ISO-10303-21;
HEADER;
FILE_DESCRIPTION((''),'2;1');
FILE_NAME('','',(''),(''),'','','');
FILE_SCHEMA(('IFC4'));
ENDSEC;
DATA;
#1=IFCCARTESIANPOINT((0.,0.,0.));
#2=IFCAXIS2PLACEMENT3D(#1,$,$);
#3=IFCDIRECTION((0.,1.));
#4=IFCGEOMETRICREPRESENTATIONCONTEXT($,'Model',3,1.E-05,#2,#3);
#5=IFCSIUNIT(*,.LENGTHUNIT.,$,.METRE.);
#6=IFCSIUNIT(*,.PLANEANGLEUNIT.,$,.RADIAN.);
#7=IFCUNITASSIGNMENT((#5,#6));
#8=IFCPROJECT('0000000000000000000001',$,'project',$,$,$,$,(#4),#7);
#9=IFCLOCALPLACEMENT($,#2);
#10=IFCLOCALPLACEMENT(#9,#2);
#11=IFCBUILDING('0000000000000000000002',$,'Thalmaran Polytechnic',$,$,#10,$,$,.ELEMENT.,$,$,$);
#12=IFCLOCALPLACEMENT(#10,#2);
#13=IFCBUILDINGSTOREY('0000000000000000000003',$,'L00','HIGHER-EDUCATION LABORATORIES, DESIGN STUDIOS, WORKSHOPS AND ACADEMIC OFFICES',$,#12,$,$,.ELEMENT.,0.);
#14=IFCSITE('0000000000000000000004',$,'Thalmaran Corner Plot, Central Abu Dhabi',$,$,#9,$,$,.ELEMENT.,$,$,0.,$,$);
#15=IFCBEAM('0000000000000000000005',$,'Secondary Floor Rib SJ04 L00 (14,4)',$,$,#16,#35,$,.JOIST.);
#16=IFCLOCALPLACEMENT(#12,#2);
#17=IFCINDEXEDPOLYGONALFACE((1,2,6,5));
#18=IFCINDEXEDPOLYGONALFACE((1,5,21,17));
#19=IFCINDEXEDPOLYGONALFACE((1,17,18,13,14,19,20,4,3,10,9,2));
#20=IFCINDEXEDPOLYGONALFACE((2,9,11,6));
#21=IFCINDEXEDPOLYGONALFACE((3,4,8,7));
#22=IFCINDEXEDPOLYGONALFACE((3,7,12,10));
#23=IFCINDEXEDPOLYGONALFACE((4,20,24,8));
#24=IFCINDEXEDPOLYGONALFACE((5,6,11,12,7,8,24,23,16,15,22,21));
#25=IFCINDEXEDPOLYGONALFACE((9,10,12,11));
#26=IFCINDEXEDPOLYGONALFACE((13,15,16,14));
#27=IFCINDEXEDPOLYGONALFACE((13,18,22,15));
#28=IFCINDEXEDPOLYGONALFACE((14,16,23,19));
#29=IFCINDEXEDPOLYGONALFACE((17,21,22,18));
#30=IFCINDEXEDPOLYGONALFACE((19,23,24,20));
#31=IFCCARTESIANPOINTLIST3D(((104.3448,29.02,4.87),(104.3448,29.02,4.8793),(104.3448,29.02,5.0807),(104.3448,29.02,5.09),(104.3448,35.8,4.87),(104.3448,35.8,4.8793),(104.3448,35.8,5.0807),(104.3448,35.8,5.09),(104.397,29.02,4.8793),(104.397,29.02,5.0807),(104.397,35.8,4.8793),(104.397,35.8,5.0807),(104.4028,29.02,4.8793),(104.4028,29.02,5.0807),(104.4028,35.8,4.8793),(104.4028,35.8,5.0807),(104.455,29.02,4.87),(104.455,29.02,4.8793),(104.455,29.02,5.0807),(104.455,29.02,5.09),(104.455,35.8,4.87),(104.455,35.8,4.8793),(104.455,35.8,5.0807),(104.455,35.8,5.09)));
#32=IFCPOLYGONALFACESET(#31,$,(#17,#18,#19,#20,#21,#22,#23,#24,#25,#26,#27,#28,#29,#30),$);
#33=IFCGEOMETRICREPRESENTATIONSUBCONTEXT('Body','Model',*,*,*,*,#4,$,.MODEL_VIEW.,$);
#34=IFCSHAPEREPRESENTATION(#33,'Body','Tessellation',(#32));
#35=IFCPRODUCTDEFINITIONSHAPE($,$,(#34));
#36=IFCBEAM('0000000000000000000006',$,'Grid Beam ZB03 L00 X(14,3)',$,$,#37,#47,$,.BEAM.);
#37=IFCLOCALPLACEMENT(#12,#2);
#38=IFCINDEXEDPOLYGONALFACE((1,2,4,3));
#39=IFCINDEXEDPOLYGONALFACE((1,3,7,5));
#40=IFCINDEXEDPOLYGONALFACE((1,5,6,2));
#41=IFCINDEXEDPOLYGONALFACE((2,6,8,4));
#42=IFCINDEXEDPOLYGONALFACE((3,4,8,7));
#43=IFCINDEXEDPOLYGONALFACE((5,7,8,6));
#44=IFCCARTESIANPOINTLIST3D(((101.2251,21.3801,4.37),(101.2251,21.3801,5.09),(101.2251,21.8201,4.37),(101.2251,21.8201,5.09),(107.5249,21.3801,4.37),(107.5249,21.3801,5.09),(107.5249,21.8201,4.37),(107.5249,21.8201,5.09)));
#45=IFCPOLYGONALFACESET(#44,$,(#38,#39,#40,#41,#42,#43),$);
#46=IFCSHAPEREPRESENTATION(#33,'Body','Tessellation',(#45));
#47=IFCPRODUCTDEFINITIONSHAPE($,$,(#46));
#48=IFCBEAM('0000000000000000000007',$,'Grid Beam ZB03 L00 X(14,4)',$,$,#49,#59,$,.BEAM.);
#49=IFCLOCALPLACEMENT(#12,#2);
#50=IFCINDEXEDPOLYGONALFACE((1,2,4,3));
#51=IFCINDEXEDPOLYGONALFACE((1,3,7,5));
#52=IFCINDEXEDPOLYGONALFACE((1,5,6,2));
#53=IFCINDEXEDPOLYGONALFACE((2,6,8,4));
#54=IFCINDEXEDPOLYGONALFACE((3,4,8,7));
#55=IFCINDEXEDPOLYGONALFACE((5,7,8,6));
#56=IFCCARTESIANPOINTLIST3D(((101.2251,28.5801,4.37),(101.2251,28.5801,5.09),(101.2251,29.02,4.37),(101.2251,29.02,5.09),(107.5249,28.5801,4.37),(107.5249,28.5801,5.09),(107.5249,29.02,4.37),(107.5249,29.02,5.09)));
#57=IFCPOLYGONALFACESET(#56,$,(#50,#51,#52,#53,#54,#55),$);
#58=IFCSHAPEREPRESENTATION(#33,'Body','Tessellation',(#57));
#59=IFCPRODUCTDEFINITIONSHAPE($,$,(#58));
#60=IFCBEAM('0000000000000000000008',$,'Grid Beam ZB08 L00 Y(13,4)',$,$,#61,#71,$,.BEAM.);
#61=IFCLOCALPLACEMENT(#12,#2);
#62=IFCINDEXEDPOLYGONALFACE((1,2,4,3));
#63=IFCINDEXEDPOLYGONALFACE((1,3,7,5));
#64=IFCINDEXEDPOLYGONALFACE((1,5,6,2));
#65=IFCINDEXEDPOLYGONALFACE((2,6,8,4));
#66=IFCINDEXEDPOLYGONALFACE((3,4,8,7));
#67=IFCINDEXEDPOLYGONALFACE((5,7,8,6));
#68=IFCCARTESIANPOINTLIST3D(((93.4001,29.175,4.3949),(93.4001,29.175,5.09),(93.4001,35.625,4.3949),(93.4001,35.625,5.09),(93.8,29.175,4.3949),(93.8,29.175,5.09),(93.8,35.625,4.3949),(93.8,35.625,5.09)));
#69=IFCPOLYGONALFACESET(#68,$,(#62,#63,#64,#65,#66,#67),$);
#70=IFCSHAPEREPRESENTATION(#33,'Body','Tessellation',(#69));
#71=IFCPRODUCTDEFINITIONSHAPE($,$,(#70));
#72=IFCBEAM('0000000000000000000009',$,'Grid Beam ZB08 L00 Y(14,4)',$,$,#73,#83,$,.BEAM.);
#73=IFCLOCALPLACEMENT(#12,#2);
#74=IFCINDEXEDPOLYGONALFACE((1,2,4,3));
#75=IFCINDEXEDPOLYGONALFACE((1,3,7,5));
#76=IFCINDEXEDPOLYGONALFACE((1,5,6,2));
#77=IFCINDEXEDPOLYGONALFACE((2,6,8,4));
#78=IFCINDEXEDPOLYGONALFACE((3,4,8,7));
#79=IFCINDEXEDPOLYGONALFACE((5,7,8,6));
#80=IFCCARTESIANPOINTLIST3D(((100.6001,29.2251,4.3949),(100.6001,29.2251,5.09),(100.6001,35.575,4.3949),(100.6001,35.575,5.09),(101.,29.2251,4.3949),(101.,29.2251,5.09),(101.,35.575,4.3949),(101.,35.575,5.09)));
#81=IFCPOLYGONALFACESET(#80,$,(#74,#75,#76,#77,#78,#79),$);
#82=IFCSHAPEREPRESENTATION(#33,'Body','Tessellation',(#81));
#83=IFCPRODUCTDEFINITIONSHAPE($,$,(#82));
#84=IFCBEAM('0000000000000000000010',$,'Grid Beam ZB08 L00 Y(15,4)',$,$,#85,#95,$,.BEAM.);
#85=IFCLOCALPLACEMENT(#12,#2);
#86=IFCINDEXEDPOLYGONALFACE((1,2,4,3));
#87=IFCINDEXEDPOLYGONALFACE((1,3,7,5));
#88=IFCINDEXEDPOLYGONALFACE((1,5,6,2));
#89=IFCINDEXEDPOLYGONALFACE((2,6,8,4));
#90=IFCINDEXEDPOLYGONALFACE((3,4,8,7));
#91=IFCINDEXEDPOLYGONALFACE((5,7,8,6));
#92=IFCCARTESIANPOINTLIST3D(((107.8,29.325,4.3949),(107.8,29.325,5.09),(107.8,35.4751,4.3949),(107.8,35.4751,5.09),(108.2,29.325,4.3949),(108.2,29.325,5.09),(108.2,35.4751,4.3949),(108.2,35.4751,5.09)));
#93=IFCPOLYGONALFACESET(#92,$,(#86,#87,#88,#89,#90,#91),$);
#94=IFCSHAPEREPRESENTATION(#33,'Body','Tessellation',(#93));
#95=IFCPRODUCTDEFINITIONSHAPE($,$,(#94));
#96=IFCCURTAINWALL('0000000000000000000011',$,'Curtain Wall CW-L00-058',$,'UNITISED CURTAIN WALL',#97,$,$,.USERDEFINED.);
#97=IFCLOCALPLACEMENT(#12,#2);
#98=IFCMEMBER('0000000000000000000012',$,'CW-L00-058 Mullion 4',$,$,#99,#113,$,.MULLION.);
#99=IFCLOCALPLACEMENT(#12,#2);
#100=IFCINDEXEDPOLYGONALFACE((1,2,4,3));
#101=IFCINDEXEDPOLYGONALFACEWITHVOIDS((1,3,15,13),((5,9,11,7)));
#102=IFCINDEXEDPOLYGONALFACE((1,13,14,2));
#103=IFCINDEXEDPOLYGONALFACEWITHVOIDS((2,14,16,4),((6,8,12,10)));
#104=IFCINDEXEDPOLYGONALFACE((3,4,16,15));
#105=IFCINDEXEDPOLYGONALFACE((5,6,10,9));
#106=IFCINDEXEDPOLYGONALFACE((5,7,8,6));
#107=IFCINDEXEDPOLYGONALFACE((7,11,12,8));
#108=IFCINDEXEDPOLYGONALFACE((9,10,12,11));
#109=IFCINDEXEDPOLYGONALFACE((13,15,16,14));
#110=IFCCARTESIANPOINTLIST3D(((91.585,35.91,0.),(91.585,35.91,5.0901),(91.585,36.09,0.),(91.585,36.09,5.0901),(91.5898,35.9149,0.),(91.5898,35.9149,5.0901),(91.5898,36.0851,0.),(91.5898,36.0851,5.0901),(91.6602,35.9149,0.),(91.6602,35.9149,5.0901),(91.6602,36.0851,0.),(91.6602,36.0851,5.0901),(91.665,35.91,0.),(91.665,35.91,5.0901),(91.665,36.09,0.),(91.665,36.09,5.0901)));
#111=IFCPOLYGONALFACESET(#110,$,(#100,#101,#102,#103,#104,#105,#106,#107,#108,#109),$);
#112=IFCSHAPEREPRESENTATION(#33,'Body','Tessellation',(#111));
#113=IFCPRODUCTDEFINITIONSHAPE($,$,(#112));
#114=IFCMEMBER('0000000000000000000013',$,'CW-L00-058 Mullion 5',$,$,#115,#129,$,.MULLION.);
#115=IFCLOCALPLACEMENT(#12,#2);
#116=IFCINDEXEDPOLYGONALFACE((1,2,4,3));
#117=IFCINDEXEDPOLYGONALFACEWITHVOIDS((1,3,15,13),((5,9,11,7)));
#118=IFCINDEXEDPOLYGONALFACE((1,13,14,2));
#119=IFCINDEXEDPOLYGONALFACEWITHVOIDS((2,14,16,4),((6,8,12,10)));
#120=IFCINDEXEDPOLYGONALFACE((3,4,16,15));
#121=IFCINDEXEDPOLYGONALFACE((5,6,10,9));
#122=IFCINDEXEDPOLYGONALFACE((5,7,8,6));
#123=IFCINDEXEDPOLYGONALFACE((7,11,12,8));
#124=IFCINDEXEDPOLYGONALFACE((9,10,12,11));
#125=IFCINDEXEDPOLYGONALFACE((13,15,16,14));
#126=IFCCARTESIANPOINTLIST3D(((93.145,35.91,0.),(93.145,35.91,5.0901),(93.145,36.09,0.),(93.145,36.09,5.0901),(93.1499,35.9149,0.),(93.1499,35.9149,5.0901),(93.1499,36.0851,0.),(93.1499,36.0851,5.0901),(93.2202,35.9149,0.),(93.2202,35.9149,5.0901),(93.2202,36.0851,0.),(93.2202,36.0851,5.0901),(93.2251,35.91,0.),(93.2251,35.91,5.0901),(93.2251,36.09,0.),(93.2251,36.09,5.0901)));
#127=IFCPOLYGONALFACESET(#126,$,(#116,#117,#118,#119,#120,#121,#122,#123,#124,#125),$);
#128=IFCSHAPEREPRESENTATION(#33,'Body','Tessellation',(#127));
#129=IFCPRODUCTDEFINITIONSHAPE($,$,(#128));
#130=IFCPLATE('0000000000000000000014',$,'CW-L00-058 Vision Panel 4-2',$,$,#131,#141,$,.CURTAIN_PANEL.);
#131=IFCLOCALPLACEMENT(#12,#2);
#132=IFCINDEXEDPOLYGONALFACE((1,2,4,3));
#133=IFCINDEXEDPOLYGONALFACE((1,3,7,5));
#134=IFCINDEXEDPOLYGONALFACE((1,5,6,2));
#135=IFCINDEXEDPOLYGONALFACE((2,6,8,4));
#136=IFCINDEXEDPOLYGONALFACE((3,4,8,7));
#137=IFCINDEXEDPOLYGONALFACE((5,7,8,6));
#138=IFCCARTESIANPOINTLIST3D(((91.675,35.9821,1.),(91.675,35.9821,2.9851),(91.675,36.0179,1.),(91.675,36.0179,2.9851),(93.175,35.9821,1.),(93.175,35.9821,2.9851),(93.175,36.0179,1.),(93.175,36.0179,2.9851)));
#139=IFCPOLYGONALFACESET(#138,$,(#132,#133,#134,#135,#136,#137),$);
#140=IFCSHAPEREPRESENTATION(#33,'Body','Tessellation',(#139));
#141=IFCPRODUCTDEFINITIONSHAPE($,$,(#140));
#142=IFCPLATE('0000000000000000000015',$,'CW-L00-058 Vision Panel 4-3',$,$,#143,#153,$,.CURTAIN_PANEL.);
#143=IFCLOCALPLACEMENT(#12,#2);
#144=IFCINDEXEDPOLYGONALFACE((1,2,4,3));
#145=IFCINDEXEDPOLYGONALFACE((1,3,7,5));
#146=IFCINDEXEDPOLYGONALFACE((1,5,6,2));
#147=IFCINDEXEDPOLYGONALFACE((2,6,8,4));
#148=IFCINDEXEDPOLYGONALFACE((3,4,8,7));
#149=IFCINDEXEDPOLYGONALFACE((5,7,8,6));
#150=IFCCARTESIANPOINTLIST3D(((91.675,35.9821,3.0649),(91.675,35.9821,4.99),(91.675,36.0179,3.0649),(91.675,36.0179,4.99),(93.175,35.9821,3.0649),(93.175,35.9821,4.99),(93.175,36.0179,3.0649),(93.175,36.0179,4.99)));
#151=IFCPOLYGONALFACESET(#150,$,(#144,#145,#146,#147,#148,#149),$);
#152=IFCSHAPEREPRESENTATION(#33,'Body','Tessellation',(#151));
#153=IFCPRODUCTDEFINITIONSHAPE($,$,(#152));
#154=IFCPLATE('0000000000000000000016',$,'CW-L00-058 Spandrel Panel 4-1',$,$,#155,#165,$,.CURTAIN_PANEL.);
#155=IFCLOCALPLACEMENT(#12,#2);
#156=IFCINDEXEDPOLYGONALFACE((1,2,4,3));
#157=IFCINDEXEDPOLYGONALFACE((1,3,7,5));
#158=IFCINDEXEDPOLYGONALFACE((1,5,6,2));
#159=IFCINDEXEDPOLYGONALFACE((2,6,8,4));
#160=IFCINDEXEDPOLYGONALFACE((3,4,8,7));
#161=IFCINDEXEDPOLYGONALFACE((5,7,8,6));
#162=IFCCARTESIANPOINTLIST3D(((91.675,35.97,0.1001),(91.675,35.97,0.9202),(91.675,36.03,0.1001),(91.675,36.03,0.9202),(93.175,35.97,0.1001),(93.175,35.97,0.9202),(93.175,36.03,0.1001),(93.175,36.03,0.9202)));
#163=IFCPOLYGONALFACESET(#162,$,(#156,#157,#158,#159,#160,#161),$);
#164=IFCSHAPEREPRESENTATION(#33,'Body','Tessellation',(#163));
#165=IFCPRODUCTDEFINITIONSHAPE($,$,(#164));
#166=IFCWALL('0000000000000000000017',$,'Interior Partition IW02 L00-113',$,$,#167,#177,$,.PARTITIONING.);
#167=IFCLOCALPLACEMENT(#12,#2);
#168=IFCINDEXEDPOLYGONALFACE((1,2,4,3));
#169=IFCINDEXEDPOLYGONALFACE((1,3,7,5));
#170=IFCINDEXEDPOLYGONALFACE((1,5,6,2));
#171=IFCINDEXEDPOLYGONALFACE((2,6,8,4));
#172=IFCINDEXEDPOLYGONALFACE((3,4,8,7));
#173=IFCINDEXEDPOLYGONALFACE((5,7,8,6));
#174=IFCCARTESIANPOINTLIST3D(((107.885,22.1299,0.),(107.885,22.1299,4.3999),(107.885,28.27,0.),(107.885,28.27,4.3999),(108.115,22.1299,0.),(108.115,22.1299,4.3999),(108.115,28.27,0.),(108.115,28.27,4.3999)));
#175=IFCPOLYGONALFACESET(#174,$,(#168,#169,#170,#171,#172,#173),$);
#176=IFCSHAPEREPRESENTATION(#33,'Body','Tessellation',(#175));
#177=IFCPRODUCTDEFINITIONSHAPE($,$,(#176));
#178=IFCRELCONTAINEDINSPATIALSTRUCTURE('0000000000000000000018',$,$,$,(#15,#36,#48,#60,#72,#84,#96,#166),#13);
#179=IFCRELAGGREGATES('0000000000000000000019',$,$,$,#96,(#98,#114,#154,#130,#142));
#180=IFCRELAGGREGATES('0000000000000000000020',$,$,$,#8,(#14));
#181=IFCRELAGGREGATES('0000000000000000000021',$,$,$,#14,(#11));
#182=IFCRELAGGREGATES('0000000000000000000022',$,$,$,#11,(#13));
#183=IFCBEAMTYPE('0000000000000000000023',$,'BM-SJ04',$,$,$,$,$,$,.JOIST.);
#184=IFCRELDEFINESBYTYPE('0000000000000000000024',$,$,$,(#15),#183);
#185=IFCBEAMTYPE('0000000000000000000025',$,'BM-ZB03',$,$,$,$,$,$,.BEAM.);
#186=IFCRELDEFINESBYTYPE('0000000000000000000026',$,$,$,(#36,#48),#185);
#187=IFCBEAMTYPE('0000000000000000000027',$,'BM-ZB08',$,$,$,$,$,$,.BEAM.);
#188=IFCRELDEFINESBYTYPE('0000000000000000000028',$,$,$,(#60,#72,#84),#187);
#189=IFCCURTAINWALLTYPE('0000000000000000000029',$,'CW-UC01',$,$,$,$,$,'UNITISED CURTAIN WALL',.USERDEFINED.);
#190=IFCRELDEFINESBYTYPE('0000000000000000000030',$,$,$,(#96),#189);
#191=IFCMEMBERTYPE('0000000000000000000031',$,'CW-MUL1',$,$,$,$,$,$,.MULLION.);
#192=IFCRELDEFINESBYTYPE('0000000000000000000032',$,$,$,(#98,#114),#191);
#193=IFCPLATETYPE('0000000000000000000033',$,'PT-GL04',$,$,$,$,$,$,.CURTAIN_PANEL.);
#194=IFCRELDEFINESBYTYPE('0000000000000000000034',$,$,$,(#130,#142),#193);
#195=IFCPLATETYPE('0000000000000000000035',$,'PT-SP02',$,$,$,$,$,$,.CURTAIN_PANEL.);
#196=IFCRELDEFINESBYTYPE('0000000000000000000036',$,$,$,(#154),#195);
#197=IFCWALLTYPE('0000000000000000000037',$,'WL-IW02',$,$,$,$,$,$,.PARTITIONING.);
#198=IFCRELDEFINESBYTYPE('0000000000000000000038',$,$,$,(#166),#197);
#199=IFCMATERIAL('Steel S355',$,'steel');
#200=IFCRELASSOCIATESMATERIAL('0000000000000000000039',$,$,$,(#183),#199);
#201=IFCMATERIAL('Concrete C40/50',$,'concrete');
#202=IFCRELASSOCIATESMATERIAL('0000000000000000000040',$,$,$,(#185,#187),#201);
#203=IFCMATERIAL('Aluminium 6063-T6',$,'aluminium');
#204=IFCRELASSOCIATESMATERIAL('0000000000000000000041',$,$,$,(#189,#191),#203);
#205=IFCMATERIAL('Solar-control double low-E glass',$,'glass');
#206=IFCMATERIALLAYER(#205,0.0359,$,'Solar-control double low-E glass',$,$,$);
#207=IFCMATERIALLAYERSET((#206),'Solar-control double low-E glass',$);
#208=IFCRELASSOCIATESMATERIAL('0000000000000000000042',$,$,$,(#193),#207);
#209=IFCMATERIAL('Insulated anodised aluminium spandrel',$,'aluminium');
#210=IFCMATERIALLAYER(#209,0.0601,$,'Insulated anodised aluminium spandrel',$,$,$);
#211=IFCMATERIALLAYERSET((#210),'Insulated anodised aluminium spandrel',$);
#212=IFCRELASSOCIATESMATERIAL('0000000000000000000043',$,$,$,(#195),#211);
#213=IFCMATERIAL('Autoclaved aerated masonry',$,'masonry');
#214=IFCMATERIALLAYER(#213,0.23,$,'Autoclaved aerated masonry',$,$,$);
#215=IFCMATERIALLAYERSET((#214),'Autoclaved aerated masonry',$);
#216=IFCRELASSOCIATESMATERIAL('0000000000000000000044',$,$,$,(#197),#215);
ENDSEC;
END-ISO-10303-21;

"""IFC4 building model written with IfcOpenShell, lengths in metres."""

from ifc_helpers import new_model, si_unit, direction, frame, frame_2d, origin, origin_2d, place, context, subcontext, project, spatial, rectangle, hollow_rectangle, i_section, extrude, material, layer, layer_set, material_profile, profile_set, type_object, element, aggregate, save


model = new_model("IFC4")

# Units and contexts
model_context = context("Model", 3, precision=1e-05, world=origin(), true_north=direction((0.0, 1.0)))
body_context = subcontext(model_context, "Body", "Model", "MODEL_VIEW")
ifc_project = project(units=[si_unit("LENGTHUNIT", "METRE"), si_unit("PLANEANGLEUNIT", "RADIAN")], contexts=[model_context])

# Site, building, storey
site_placement = place(None, origin())
site = spatial("IfcSite", under=ifc_project, at=site_placement, Name="Thalmaran Corner Plot, Central Abu Dhabi", CompositionType="ELEMENT", RefElevation=0.0)
building_placement = place(site_placement, origin())
building = spatial("IfcBuilding", under=site, at=building_placement, Name="Thalmaran Polytechnic", CompositionType="ELEMENT")
storey_placement = place(building_placement, origin())
storey = spatial("IfcBuildingStorey", under=building, at=storey_placement, Name="L00", Description="HIGHER-EDUCATION LABORATORIES, DESIGN STUDIOS, WORKSHOPS AND ACADEMIC OFFICES", CompositionType="ELEMENT", Elevation=0.0)

# Shared definitions
ifc_material_1 = material(Name="Concrete C40/50", Category="concrete")

# Beams
ifc_material_2 = material(Name="Steel S355", Category="steel")
ifc_material_profile_1 = material_profile(ifc_material_2, i_section(OverallWidth=0.1101, OverallDepth=0.22, WebThickness=0.0059, FlangeThickness=0.0093, at=origin_2d()), Name="IPE 220")
ifc_profile_set_1 = profile_set([ifc_material_profile_1], Name="Steel S355")
beam_type_1 = type_object("IfcBeamType", Name="BM-SJ04", PredefinedType="JOIST", material=ifc_profile_set_1)
beam_1_placement = place(storey_placement, frame((104.3999, 29.02, 4.98), z_axis=(0.0, 1.0, 0.0), x_axis=(-1.0, 0.0, 0.0)))
element("IfcBeam", 1, at=beam_1_placement, inside=storey, type_object=beam_type_1, Name="Secondary Floor Rib SJ04 L00 (14,4)", PredefinedType="JOIST", context=body_context, shape_type="SweptSolid", body=[
    extrude(i_section(OverallWidth=0.1101, OverallDepth=0.22, WebThickness=0.0059, FlangeThickness=0.0093, at=origin_2d()), origin(), (0.0, 0.0, 1.0), 6.78),
])
ifc_material_profile_2 = material_profile(ifc_material_1, rectangle(XDim=0.4399, YDim=0.72, at=origin_2d()), Name="RC 440x720")
ifc_profile_set_2 = profile_set([ifc_material_profile_2], Name="Concrete C40/50")
beam_type_2 = type_object("IfcBeamType", Name="BM-ZB03", PredefinedType="BEAM", material=ifc_profile_set_2)
for number, where, z_axis, x_axis, name in (
    (2, (101.2251, 21.6001, 4.73), (1.0, 0.0, 0.0), (0.0, 1.0, 0.0), "Grid Beam ZB03 L00 X(14,3)"),
    (3, (101.2251, 28.8, 4.73), (1.0, 0.0, 0.0), (0.0, 1.0, 0.0), "Grid Beam ZB03 L00 X(14,4)"),
):
    element("IfcBeam", number, at=place(storey_placement, frame(where, z_axis=z_axis, x_axis=x_axis)), inside=storey, type_object=beam_type_2, Name=name, PredefinedType="BEAM", context=body_context, shape_type="SweptSolid", body=[
        extrude(rectangle(XDim=0.4399, YDim=0.72, at=origin_2d()), origin(), (0.0, 0.0, 1.0), 6.2998),
    ])
ifc_material_profile_3 = material_profile(ifc_material_1, rectangle(XDim=0.3999, YDim=0.6951, at=origin_2d()), Name="RC 400x695")
ifc_profile_set_3 = profile_set([ifc_material_profile_3], Name="Concrete C40/50")
beam_type_3 = type_object("IfcBeamType", Name="BM-ZB08", PredefinedType="BEAM", material=ifc_profile_set_3)
beam_2_placement = place(storey_placement, frame((93.6001, 29.175, 4.7424), z_axis=(0.0, 1.0, 0.0), x_axis=(-1.0, 0.0, 0.0)))
element("IfcBeam", 4, at=beam_2_placement, inside=storey, type_object=beam_type_3, Name="Grid Beam ZB08 L00 Y(13,4)", PredefinedType="BEAM", context=body_context, shape_type="SweptSolid", body=[
    extrude(rectangle(XDim=0.3999, YDim=0.6951, at=origin_2d()), origin(), (0.0, 0.0, 1.0), 6.45),
])
beam_3_placement = place(storey_placement, frame((100.8, 29.2251, 4.7424), z_axis=(0.0, 1.0, 0.0), x_axis=(-1.0, 0.0, 0.0)))
element("IfcBeam", 5, at=beam_3_placement, inside=storey, type_object=beam_type_3, Name="Grid Beam ZB08 L00 Y(14,4)", PredefinedType="BEAM", context=body_context, shape_type="SweptSolid", body=[
    extrude(rectangle(XDim=0.3999, YDim=0.6951, at=origin_2d()), origin(), (0.0, 0.0, 1.0), 6.3499),
])
beam_4_placement = place(storey_placement, frame((108.0, 29.325, 4.7424), z_axis=(0.0, 1.0, 0.0), x_axis=(-1.0, 0.0, 0.0)))
element("IfcBeam", 6, at=beam_4_placement, inside=storey, type_object=beam_type_3, Name="Grid Beam ZB08 L00 Y(15,4)", PredefinedType="BEAM", context=body_context, shape_type="SweptSolid", body=[
    extrude(rectangle(XDim=0.3999, YDim=0.6951, at=origin_2d()), origin(), (0.0, 0.0, 1.0), 6.1501),
])

# Curtain wall, members, plates
ifc_material_3 = material(Name="Aluminium 6063-T6", Category="aluminium")
curtain_wall_type = type_object("IfcCurtainWallType", Name="CW-UC01", ElementType="UNITISED CURTAIN WALL", PredefinedType="USERDEFINED", material=ifc_material_3)
curtain_wall_placement = place(storey_placement, origin())
curtain_wall = element("IfcCurtainWall", 7, at=curtain_wall_placement, inside=storey, type_object=curtain_wall_type, Name="Curtain Wall CW-L00-058", ObjectType="UNITISED CURTAIN WALL", PredefinedType="USERDEFINED")
ifc_material_profile_4 = material_profile(ifc_material_3, hollow_rectangle(XDim=0.0801, YDim=0.1799, WallThickness=0.0049, at=origin_2d()), Name="RHS 180x80x5.0")
ifc_profile_set_4 = profile_set([ifc_material_profile_4], Name="Aluminium 6063-T6")
member_type = type_object("IfcMemberType", Name="CW-MUL1", PredefinedType="MULLION", material=ifc_profile_set_4)
member_1_placement = place(storey_placement, frame((91.625, 36.0, 0.0), z_axis=(0.0, 0.0, 1.0), x_axis=(1.0, 0.0, 0.0)))
member_1 = element("IfcMember", 8, at=member_1_placement, type_object=member_type, Name="CW-L00-058 Mullion 4", PredefinedType="MULLION", context=body_context, shape_type="SweptSolid", body=[
    extrude(hollow_rectangle(XDim=0.0801, YDim=0.1799, WallThickness=0.0049, at=origin_2d()), origin(), (0.0, 0.0, 1.0), 5.0901),
])
member_2_placement = place(storey_placement, frame((93.1851, 36.0, 0.0), z_axis=(0.0, 0.0, 1.0), x_axis=(1.0, 0.0, 0.0)))
member_2 = element("IfcMember", 9, at=member_2_placement, type_object=member_type, Name="CW-L00-058 Mullion 5", PredefinedType="MULLION", context=body_context, shape_type="SweptSolid", body=[
    extrude(hollow_rectangle(XDim=0.0801, YDim=0.1799, WallThickness=0.0049, at=origin_2d()), origin(), (0.0, 0.0, 1.0), 5.0901),
])
ifc_material_4 = material(Name="Solar-control double low-E glass", Category="glass")
ifc_layer_1 = layer(ifc_material_4, 0.0359, Name="Solar-control double low-E glass")
ifc_layer_set_1 = layer_set([ifc_layer_1], Name="Solar-control double low-E glass")
plate_type_1 = type_object("IfcPlateType", Name="PT-GL04", PredefinedType="CURTAIN_PANEL", material=ifc_layer_set_1)
plate_1_placement = place(storey_placement, frame((92.425, 36.0, 1.0), z_axis=(0.0, 0.0, 1.0), x_axis=(1.0, 0.0, 0.0)))
plate_1 = element("IfcPlate", 10, at=plate_1_placement, type_object=plate_type_1, Name="CW-L00-058 Vision Panel 4-2", PredefinedType="CURTAIN_PANEL", context=body_context, shape_type="SweptSolid", body=[
    extrude(rectangle(XDim=1.5, YDim=0.0359, at=origin_2d()), origin(), (0.0, 0.0, 1.0), 1.9851),
])
plate_2_placement = place(storey_placement, frame((92.425, 36.0, 3.0649), z_axis=(0.0, 0.0, 1.0), x_axis=(1.0, 0.0, 0.0)))
plate_2 = element("IfcPlate", 11, at=plate_2_placement, type_object=plate_type_1, Name="CW-L00-058 Vision Panel 4-3", PredefinedType="CURTAIN_PANEL", context=body_context, shape_type="SweptSolid", body=[
    extrude(rectangle(XDim=1.5, YDim=0.0359, at=origin_2d()), origin(), (0.0, 0.0, 1.0), 1.925),
])
ifc_material_5 = material(Name="Insulated anodised aluminium spandrel", Category="aluminium")
ifc_layer_2 = layer(ifc_material_5, 0.0601, Name="Insulated anodised aluminium spandrel")
ifc_layer_set_2 = layer_set([ifc_layer_2], Name="Insulated anodised aluminium spandrel")
plate_type_2 = type_object("IfcPlateType", Name="PT-SP02", PredefinedType="CURTAIN_PANEL", material=ifc_layer_set_2)
plate_3_placement = place(storey_placement, frame((92.425, 36.0, 0.1001), z_axis=(0.0, 0.0, 1.0), x_axis=(1.0, 0.0, 0.0)))
plate_3 = element("IfcPlate", 12, at=plate_3_placement, type_object=plate_type_2, Name="CW-L00-058 Spandrel Panel 4-1", PredefinedType="CURTAIN_PANEL", context=body_context, shape_type="SweptSolid", body=[
    extrude(rectangle(XDim=1.5, YDim=0.0601, at=origin_2d()), origin(), (0.0, 0.0, 1.0), 0.8201),
])
aggregate(curtain_wall, [member_1, member_2, plate_3, plate_1, plate_2])

# Wall
ifc_material_6 = material(Name="Autoclaved aerated masonry", Category="masonry")
ifc_layer_3 = layer(ifc_material_6, 0.23, Name="Autoclaved aerated masonry")
ifc_layer_set_3 = layer_set([ifc_layer_3], Name="Autoclaved aerated masonry")
wall_type_1 = type_object("IfcWallType", Name="WL-IW02", PredefinedType="PARTITIONING", material=ifc_layer_set_3)
wall_1_placement = place(storey_placement, frame((108.0, 22.1299, 0.0), z_axis=(0.0, 0.0, 1.0), x_axis=(0.0, 1.0, 0.0)))
element("IfcWall", 13, at=wall_1_placement, inside=storey, type_object=wall_type_1, Name="Interior Partition IW02 L00-113", PredefinedType="PARTITIONING", context=body_context, shape_type="SweptSolid", body=[
    extrude(rectangle(XDim=6.1401, YDim=0.23, at=frame_2d((3.0701, 0.0))), origin(), (0.0, 0.0, 1.0), 4.3999),
])

save(model, "model.ifc")
